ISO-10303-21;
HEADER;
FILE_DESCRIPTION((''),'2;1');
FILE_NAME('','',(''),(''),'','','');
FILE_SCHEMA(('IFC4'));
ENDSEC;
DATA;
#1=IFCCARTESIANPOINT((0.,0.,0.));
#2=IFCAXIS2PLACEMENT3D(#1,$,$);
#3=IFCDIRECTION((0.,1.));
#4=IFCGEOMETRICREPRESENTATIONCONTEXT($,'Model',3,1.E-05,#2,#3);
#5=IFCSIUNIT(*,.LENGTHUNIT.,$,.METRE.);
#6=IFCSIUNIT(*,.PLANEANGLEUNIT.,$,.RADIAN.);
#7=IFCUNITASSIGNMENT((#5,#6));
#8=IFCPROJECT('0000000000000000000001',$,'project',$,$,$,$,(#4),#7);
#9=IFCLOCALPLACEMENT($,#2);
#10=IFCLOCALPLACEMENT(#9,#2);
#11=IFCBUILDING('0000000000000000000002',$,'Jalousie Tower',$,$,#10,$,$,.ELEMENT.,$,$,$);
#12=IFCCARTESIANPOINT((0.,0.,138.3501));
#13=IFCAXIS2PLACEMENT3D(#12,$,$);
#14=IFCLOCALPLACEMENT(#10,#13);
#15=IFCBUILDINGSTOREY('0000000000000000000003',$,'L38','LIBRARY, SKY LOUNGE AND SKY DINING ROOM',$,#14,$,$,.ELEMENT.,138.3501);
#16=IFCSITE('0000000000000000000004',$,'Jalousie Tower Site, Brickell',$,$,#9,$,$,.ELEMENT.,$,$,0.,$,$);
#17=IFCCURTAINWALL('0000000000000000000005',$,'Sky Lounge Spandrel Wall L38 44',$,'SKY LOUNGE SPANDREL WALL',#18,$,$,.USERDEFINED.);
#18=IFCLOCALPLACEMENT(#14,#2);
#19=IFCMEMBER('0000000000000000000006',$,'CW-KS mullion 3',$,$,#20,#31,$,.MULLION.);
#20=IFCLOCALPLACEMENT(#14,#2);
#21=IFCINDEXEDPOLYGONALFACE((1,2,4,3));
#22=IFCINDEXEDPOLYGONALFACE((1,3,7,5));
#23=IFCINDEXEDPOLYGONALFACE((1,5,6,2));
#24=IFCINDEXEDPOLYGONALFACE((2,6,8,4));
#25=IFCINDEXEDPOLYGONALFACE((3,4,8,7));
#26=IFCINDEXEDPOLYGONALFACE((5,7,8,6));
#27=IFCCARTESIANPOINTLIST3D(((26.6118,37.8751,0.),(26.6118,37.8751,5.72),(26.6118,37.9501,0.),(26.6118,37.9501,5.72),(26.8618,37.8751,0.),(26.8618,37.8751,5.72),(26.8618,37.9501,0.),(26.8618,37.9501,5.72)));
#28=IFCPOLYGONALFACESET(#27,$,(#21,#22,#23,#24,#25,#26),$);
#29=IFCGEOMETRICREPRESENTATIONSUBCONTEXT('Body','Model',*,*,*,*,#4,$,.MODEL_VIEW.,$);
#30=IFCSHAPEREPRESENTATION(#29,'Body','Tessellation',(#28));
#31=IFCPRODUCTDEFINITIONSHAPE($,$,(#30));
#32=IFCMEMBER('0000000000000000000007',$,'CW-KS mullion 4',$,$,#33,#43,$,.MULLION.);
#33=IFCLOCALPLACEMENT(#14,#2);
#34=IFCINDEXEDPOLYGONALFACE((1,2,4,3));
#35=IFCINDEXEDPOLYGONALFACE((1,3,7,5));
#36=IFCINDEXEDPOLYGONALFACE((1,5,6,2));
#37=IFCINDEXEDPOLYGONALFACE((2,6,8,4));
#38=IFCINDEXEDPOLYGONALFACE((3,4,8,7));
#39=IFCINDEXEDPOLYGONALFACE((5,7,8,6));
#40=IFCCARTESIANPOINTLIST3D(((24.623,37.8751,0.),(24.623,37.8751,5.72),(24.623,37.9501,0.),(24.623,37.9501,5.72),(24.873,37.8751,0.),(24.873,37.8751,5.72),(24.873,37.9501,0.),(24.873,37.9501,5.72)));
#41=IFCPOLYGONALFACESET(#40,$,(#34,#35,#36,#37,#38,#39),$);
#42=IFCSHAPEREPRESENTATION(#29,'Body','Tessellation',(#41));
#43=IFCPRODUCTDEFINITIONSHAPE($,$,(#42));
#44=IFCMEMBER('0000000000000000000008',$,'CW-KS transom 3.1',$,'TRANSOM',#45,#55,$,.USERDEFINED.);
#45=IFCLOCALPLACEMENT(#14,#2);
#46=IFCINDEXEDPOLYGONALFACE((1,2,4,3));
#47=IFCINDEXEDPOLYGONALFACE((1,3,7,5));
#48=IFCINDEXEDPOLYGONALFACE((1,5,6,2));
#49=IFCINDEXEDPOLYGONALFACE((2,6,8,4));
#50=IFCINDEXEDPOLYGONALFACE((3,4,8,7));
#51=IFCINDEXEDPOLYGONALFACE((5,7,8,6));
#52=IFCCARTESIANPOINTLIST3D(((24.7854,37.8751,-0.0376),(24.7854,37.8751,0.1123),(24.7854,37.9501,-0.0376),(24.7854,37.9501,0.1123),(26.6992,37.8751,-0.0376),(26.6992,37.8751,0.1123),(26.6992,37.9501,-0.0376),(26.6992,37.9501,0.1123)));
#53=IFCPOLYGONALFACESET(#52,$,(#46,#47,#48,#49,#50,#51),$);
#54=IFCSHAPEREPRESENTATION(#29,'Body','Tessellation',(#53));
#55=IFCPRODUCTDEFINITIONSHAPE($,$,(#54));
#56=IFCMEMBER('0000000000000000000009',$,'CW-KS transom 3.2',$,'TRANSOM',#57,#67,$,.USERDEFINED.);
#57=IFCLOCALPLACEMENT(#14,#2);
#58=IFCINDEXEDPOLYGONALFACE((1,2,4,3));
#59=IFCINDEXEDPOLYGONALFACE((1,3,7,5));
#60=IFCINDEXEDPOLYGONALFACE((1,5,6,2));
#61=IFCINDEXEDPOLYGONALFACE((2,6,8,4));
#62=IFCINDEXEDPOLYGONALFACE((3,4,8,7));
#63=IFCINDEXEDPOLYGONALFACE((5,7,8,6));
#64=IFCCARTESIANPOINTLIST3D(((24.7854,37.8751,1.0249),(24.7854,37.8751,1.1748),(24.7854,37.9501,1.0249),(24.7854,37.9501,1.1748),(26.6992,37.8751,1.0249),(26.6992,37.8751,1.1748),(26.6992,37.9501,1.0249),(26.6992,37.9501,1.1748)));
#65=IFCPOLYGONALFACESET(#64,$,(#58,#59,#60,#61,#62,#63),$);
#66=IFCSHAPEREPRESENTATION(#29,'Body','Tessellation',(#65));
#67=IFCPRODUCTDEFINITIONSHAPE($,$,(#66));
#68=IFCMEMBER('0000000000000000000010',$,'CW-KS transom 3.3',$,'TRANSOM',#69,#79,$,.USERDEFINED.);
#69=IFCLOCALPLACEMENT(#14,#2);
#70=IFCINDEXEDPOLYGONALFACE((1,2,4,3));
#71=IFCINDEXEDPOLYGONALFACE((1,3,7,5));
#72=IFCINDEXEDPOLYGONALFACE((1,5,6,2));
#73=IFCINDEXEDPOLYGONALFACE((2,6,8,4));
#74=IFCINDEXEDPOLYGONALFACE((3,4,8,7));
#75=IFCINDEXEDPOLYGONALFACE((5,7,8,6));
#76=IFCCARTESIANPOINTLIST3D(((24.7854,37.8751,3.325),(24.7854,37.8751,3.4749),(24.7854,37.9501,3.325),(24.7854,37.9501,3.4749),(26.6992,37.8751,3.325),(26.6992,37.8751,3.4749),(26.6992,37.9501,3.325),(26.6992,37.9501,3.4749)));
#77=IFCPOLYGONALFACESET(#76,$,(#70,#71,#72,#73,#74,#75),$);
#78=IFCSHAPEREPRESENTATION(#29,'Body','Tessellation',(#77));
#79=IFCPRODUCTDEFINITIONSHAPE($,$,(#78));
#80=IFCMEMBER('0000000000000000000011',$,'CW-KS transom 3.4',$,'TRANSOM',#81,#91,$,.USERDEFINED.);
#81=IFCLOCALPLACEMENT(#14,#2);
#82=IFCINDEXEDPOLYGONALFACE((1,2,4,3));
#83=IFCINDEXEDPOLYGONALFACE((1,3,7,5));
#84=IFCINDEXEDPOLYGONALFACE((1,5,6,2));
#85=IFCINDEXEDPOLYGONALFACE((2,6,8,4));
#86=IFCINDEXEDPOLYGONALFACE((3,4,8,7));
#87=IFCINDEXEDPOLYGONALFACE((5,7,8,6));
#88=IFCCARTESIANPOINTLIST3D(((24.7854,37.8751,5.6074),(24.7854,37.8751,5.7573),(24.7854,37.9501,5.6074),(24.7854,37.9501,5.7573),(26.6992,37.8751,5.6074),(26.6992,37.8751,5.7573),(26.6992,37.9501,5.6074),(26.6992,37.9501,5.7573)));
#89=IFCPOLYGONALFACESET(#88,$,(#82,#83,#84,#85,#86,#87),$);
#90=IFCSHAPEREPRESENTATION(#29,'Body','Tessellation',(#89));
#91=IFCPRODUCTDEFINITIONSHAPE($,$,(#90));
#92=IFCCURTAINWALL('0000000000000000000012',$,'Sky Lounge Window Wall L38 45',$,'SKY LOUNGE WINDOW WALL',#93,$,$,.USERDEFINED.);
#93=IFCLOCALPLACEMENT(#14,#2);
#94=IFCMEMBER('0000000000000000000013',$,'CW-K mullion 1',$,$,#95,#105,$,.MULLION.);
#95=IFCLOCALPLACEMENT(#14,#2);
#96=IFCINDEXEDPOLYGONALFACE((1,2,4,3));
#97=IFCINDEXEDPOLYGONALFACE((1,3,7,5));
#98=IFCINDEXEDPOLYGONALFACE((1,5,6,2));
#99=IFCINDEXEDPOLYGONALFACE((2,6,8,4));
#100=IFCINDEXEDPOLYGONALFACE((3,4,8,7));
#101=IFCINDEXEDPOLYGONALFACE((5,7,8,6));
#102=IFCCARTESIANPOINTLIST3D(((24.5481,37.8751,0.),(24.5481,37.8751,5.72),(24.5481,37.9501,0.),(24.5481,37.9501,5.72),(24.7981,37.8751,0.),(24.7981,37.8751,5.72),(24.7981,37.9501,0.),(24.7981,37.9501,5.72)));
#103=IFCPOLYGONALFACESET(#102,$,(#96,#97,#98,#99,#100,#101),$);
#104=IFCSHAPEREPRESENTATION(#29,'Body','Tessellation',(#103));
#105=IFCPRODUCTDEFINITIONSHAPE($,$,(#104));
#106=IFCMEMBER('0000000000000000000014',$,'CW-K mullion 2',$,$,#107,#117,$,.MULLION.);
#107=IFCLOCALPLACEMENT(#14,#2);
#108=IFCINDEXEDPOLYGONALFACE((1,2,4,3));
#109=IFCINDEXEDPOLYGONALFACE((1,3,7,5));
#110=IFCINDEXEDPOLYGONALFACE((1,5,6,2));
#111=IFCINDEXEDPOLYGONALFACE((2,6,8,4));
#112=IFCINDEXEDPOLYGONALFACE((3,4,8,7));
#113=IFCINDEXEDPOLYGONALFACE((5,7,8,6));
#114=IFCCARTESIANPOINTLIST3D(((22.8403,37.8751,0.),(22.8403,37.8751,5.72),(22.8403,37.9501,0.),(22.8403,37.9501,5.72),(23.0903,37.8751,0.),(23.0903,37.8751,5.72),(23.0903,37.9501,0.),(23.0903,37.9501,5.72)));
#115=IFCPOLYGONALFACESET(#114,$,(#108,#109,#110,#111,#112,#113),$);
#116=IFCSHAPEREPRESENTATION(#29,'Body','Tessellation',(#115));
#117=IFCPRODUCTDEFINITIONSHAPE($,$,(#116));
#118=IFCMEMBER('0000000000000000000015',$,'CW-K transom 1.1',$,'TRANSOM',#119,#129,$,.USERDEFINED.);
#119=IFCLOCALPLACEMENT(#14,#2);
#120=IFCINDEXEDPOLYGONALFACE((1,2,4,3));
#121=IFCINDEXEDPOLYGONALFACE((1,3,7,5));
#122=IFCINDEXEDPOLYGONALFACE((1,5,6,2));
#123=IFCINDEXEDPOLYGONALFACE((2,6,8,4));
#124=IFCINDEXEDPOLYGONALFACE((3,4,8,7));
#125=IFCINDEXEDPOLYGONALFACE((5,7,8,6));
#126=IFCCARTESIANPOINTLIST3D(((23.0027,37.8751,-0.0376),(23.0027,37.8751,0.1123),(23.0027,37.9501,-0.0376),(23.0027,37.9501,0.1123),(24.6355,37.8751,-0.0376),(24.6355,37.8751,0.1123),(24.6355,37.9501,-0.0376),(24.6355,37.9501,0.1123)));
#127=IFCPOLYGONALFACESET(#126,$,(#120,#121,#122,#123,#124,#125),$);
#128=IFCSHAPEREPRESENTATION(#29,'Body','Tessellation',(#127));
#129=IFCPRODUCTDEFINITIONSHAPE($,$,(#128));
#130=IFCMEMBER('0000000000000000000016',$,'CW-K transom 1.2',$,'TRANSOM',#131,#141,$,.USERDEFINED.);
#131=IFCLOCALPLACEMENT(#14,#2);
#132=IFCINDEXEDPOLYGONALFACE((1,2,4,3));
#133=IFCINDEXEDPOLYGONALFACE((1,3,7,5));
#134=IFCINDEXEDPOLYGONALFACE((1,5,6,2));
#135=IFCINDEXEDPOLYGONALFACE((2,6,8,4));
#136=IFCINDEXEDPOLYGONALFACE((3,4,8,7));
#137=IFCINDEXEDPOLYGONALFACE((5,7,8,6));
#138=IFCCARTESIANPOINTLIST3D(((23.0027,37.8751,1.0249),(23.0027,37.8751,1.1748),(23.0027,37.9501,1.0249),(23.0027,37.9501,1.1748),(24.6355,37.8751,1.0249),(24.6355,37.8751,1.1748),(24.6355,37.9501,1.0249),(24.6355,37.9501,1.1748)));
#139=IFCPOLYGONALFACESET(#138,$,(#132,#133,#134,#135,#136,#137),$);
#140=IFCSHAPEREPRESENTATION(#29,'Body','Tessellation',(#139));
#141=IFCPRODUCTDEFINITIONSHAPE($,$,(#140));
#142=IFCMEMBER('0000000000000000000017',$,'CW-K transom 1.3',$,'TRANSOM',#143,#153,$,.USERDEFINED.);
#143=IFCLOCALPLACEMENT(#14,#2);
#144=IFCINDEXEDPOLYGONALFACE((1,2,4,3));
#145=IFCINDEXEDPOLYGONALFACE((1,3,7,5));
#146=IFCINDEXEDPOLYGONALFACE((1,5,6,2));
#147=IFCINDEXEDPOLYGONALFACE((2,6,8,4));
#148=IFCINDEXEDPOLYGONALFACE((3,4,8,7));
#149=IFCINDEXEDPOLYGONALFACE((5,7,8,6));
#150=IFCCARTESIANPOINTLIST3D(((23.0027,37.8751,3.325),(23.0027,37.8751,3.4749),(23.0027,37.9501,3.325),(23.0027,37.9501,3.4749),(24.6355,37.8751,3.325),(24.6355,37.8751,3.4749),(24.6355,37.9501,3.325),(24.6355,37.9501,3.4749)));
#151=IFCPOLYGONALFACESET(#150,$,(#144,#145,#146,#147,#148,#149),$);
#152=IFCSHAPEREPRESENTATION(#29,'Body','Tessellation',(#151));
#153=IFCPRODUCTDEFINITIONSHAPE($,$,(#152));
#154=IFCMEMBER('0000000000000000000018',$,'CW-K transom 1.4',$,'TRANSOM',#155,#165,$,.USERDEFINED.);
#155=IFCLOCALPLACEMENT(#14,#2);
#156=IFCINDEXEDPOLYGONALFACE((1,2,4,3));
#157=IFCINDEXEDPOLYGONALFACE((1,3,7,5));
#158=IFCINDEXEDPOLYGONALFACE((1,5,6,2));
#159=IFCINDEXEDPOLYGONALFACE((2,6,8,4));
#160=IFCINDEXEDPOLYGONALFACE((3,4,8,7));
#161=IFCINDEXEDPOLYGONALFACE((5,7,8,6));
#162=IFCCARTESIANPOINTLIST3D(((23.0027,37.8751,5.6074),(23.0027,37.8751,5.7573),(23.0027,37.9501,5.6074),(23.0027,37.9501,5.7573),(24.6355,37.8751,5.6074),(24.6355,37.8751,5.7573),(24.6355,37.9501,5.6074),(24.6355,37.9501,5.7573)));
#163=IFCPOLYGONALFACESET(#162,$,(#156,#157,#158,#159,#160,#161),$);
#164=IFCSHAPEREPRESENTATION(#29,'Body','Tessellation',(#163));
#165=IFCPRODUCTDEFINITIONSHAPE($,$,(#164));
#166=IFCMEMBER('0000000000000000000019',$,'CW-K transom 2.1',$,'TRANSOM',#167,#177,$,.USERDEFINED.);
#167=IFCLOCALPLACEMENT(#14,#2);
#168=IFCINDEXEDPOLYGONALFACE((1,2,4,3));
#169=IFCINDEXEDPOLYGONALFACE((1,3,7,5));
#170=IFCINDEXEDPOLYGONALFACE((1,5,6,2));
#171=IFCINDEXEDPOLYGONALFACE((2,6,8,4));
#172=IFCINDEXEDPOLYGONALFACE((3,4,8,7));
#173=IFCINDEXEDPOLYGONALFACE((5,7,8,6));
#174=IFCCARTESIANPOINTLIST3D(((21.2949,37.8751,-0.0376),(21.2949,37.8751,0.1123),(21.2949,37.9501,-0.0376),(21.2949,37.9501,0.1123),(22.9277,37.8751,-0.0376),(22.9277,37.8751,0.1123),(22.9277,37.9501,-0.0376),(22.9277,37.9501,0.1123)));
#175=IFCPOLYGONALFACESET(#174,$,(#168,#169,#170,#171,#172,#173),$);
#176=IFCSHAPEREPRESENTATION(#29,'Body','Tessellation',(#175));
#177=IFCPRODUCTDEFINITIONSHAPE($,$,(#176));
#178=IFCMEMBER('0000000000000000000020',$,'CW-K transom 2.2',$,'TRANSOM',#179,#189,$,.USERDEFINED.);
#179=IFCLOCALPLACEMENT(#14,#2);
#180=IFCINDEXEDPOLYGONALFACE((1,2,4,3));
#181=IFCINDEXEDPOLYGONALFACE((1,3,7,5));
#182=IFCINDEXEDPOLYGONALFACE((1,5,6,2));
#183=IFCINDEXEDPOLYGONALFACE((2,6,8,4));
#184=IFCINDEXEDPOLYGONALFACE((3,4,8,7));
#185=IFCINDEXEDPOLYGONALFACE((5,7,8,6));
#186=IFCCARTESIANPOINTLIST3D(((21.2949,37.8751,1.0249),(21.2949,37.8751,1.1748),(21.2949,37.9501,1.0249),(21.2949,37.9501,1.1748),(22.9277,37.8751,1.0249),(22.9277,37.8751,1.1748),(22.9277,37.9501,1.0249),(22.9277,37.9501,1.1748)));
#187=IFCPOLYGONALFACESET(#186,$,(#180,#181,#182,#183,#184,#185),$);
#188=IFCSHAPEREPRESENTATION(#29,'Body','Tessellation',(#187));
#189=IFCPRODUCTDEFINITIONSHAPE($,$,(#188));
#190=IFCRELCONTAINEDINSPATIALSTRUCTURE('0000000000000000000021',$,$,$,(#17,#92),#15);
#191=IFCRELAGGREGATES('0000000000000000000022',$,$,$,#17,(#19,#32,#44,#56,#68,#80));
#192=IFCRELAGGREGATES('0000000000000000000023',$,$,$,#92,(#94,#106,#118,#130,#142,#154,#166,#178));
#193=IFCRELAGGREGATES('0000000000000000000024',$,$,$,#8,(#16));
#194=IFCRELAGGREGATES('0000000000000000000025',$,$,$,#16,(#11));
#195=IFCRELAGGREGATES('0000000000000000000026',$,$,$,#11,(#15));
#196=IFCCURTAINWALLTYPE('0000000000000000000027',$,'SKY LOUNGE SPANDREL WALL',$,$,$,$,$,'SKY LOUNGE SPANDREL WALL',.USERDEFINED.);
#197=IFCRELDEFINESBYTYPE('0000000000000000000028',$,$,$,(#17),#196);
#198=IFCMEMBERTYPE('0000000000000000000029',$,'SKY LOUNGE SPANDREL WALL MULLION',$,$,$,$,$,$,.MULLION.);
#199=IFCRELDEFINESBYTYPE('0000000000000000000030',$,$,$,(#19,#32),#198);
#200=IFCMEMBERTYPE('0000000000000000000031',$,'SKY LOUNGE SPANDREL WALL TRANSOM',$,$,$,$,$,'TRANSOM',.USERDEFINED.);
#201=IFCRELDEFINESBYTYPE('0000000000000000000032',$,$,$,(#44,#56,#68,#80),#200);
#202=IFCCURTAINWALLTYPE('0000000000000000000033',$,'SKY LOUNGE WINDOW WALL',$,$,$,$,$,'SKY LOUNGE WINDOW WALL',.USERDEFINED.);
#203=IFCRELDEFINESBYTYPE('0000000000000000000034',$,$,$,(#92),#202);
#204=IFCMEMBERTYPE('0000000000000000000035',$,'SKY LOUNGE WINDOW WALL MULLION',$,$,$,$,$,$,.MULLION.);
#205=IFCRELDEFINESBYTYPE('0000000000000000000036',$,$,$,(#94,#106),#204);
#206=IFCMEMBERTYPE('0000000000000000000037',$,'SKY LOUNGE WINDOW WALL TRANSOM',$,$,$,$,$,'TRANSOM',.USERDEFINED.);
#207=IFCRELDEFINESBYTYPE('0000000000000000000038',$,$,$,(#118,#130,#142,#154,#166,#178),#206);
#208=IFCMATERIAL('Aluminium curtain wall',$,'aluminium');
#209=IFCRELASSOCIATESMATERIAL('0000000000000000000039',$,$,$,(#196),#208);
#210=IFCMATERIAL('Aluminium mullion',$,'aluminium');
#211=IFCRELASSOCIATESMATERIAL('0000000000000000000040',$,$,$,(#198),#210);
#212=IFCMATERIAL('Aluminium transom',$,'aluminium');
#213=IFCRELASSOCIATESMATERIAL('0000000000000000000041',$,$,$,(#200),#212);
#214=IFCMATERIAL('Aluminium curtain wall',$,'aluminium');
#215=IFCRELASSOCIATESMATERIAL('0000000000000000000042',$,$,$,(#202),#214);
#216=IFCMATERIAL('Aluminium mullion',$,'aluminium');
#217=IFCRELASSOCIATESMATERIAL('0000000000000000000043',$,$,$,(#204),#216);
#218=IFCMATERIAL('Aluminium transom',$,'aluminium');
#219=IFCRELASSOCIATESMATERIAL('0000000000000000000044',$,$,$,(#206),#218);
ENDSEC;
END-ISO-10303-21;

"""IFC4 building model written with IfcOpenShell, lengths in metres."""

from ifc_helpers import new_model, si_unit, direction, frame, origin, origin_2d, place, context, subcontext, project, spatial, rectangle, extrude, material, material_profile, profile_set, type_object, element, aggregate, save


model = new_model("IFC4")

# Units and contexts
model_context = context("Model", 3, precision=1e-05, world=origin(), true_north=direction((0.0, 1.0)))
body_context = subcontext(model_context, "Body", "Model", "MODEL_VIEW")
ifc_project = project(units=[si_unit("LENGTHUNIT", "METRE"), si_unit("PLANEANGLEUNIT", "RADIAN")], contexts=[model_context])

# Site, building, storey
site_placement = place(None, origin())
site = spatial("IfcSite", under=ifc_project, at=site_placement, Name="Jalousie Tower Site, Brickell", CompositionType="ELEMENT", RefElevation=0.0)
building_placement = place(site_placement, origin())
building = spatial("IfcBuilding", under=site, at=building_placement, Name="Jalousie Tower", CompositionType="ELEMENT")
storey_placement = place(building_placement, frame((0.0, 0.0, 138.3501)))
storey = spatial("IfcBuildingStorey", under=building, at=storey_placement, Name="L38", Description="LIBRARY, SKY LOUNGE AND SKY DINING ROOM", CompositionType="ELEMENT", Elevation=138.3501)

# Curtain walls, members
ifc_material_1 = material(Name="Aluminium curtain wall", Category="aluminium")
curtain_wall_type_1 = type_object("IfcCurtainWallType", Name="SKY LOUNGE SPANDREL WALL", ElementType="SKY LOUNGE SPANDREL WALL", PredefinedType="USERDEFINED", material=ifc_material_1)
curtain_wall_1_placement = place(storey_placement, origin())
curtain_wall_1 = element("IfcCurtainWall", 1, at=curtain_wall_1_placement, inside=storey, type_object=curtain_wall_type_1, Name="Sky Lounge Spandrel Wall L38 44", ObjectType="SKY LOUNGE SPANDREL WALL", PredefinedType="USERDEFINED")
ifc_material_2 = material(Name="Aluminium mullion", Category="aluminium")
ifc_material_profile_1 = material_profile(ifc_material_2, rectangle(XDim=0.075, YDim=0.25, at=origin_2d()), Name="MULLION 75x250")
ifc_profile_set_1 = profile_set([ifc_material_profile_1], Name="Aluminium mullion")
member_type_1 = type_object("IfcMemberType", Name="SKY LOUNGE SPANDREL WALL MULLION", PredefinedType="MULLION", material=ifc_profile_set_1)
member_1_placement = place(storey_placement, frame((26.7368, 37.9126, 0.0), z_axis=(0.0, 0.0, 1.0), x_axis=(0.0, -1.0, 0.0)))
member_1 = element("IfcMember", 2, at=member_1_placement, type_object=member_type_1, Name="CW-KS mullion 3", PredefinedType="MULLION", context=body_context, shape_type="SweptSolid", body=[
    extrude(rectangle(XDim=0.075, YDim=0.25, at=origin_2d()), origin(), (0.0, 0.0, 1.0), 5.72),
])
member_2_placement = place(storey_placement, frame((24.748, 37.9126, 0.0), z_axis=(0.0, 0.0, 1.0), x_axis=(0.0, -1.0, 0.0)))
member_2 = element("IfcMember", 3, at=member_2_placement, type_object=member_type_1, Name="CW-KS mullion 4", PredefinedType="MULLION", context=body_context, shape_type="SweptSolid", body=[
    extrude(rectangle(XDim=0.075, YDim=0.25, at=origin_2d()), origin(), (0.0, 0.0, 1.0), 5.72),
])
ifc_material_3 = material(Name="Aluminium transom", Category="aluminium")
ifc_material_profile_2 = material_profile(ifc_material_3, rectangle(XDim=0.075, YDim=0.1499, at=origin_2d()), Name="TRANSOM 75x150")
ifc_profile_set_2 = profile_set([ifc_material_profile_2], Name="Aluminium transom")
member_type_2 = type_object("IfcMemberType", Name="SKY LOUNGE SPANDREL WALL TRANSOM", ElementType="TRANSOM", PredefinedType="USERDEFINED", material=ifc_profile_set_2)
member_3_placement = place(storey_placement, frame((26.6992, 37.9126, 0.0374), z_axis=(-1.0, 0.0, 0.0), x_axis=(0.0, -1.0, 0.0)))
member_3 = element("IfcMember", 4, at=member_3_placement, type_object=member_type_2, Name="CW-KS transom 3.1", ObjectType="TRANSOM", PredefinedType="USERDEFINED", context=body_context, shape_type="SweptSolid", body=[
    extrude(rectangle(XDim=0.075, YDim=0.1499, at=origin_2d()), origin(), (0.0, 0.0, 1.0), 1.9138),
])
member_4_placement = place(storey_placement, frame((26.6992, 37.9126, 1.0999), z_axis=(-1.0, 0.0, 0.0), x_axis=(0.0, -1.0, 0.0)))
member_4 = element("IfcMember", 5, at=member_4_placement, type_object=member_type_2, Name="CW-KS transom 3.2", ObjectType="TRANSOM", PredefinedType="USERDEFINED", context=body_context, shape_type="SweptSolid", body=[
    extrude(rectangle(XDim=0.075, YDim=0.1499, at=origin_2d()), origin(), (0.0, 0.0, 1.0), 1.9138),
])
member_5_placement = place(storey_placement, frame((26.6992, 37.9126, 3.3999), z_axis=(-1.0, 0.0, 0.0), x_axis=(0.0, -1.0, 0.0)))
member_5 = element("IfcMember", 6, at=member_5_placement, type_object=member_type_2, Name="CW-KS transom 3.3", ObjectType="TRANSOM", PredefinedType="USERDEFINED", context=body_context, shape_type="SweptSolid", body=[
    extrude(rectangle(XDim=0.075, YDim=0.1499, at=origin_2d()), origin(), (0.0, 0.0, 1.0), 1.9138),
])
member_6_placement = place(storey_placement, frame((26.6992, 37.9126, 5.6824), z_axis=(-1.0, 0.0, 0.0), x_axis=(0.0, -1.0, 0.0)))
member_6 = element("IfcMember", 7, at=member_6_placement, type_object=member_type_2, Name="CW-KS transom 3.4", ObjectType="TRANSOM", PredefinedType="USERDEFINED", context=body_context, shape_type="SweptSolid", body=[
    extrude(rectangle(XDim=0.075, YDim=0.1499, at=origin_2d()), origin(), (0.0, 0.0, 1.0), 1.9138),
])
ifc_material_4 = material(Name="Aluminium curtain wall", Category="aluminium")
curtain_wall_type_2 = type_object("IfcCurtainWallType", Name="SKY LOUNGE WINDOW WALL", ElementType="SKY LOUNGE WINDOW WALL", PredefinedType="USERDEFINED", material=ifc_material_4)
curtain_wall_2_placement = place(storey_placement, origin())
curtain_wall_2 = element("IfcCurtainWall", 8, at=curtain_wall_2_placement, inside=storey, type_object=curtain_wall_type_2, Name="Sky Lounge Window Wall L38 45", ObjectType="SKY LOUNGE WINDOW WALL", PredefinedType="USERDEFINED")
ifc_material_5 = material(Name="Aluminium mullion", Category="aluminium")
ifc_material_profile_3 = material_profile(ifc_material_5, rectangle(XDim=0.075, YDim=0.25, at=origin_2d()), Name="MULLION 75x250")
ifc_profile_set_3 = profile_set([ifc_material_profile_3], Name="Aluminium mullion")
member_type_3 = type_object("IfcMemberType", Name="SKY LOUNGE WINDOW WALL MULLION", PredefinedType="MULLION", material=ifc_profile_set_3)
member_7_placement = place(storey_placement, frame((24.6731, 37.9126, 0.0), z_axis=(0.0, 0.0, 1.0), x_axis=(0.0, -1.0, 0.0)))
member_7 = element("IfcMember", 9, at=member_7_placement, type_object=member_type_3, Name="CW-K mullion 1", PredefinedType="MULLION", context=body_context, shape_type="SweptSolid", body=[
    extrude(rectangle(XDim=0.075, YDim=0.25, at=origin_2d()), origin(), (0.0, 0.0, 1.0), 5.72),
])
member_8_placement = place(storey_placement, frame((22.9653, 37.9126, 0.0), z_axis=(0.0, 0.0, 1.0), x_axis=(0.0, -1.0, 0.0)))
member_8 = element("IfcMember", 10, at=member_8_placement, type_object=member_type_3, Name="CW-K mullion 2", PredefinedType="MULLION", context=body_context, shape_type="SweptSolid", body=[
    extrude(rectangle(XDim=0.075, YDim=0.25, at=origin_2d()), origin(), (0.0, 0.0, 1.0), 5.72),
])
ifc_material_6 = material(Name="Aluminium transom", Category="aluminium")
ifc_material_profile_4 = material_profile(ifc_material_6, rectangle(XDim=0.075, YDim=0.1499, at=origin_2d()), Name="TRANSOM 75x150")
ifc_profile_set_4 = profile_set([ifc_material_profile_4], Name="Aluminium transom")
member_type_4 = type_object("IfcMemberType", Name="SKY LOUNGE WINDOW WALL TRANSOM", ElementType="TRANSOM", PredefinedType="USERDEFINED", material=ifc_profile_set_4)
member_9_placement = place(storey_placement, frame((24.6355, 37.9126, 0.0374), z_axis=(-1.0, 0.0, 0.0), x_axis=(0.0, -1.0, 0.0)))
member_9 = element("IfcMember", 11, at=member_9_placement, type_object=member_type_4, Name="CW-K transom 1.1", ObjectType="TRANSOM", PredefinedType="USERDEFINED", context=body_context, shape_type="SweptSolid", body=[
    extrude(rectangle(XDim=0.075, YDim=0.1499, at=origin_2d()), origin(), (0.0, 0.0, 1.0), 1.6328),
])
member_10_placement = place(storey_placement, frame((24.6355, 37.9126, 1.0999), z_axis=(-1.0, 0.0, 0.0), x_axis=(0.0, -1.0, 0.0)))
member_10 = element("IfcMember", 12, at=member_10_placement, type_object=member_type_4, Name="CW-K transom 1.2", ObjectType="TRANSOM", PredefinedType="USERDEFINED", context=body_context, shape_type="SweptSolid", body=[
    extrude(rectangle(XDim=0.075, YDim=0.1499, at=origin_2d()), origin(), (0.0, 0.0, 1.0), 1.6328),
])
member_11_placement = place(storey_placement, frame((24.6355, 37.9126, 3.3999), z_axis=(-1.0, 0.0, 0.0), x_axis=(0.0, -1.0, 0.0)))
member_11 = element("IfcMember", 13, at=member_11_placement, type_object=member_type_4, Name="CW-K transom 1.3", ObjectType="TRANSOM", PredefinedType="USERDEFINED", context=body_context, shape_type="SweptSolid", body=[
    extrude(rectangle(XDim=0.075, YDim=0.1499, at=origin_2d()), origin(), (0.0, 0.0, 1.0), 1.6328),
])
member_12_placement = place(storey_placement, frame((24.6355, 37.9126, 5.6824), z_axis=(-1.0, 0.0, 0.0), x_axis=(0.0, -1.0, 0.0)))
member_12 = element("IfcMember", 14, at=member_12_placement, type_object=member_type_4, Name="CW-K transom 1.4", ObjectType="TRANSOM", PredefinedType="USERDEFINED", context=body_context, shape_type="SweptSolid", body=[
    extrude(rectangle(XDim=0.075, YDim=0.1499, at=origin_2d()), origin(), (0.0, 0.0, 1.0), 1.6328),
])
member_13_placement = place(storey_placement, frame((22.9277, 37.9126, 0.0374), z_axis=(-1.0, 0.0, 0.0), x_axis=(0.0, -1.0, 0.0)))
member_13 = element("IfcMember", 15, at=member_13_placement, type_object=member_type_4, Name="CW-K transom 2.1", ObjectType="TRANSOM", PredefinedType="USERDEFINED", context=body_context, shape_type="SweptSolid", body=[
    extrude(rectangle(XDim=0.075, YDim=0.1499, at=origin_2d()), origin(), (0.0, 0.0, 1.0), 1.6328),
])
member_14_placement = place(storey_placement, frame((22.9277, 37.9126, 1.0999), z_axis=(-1.0, 0.0, 0.0), x_axis=(0.0, -1.0, 0.0)))
member_14 = element("IfcMember", 16, at=member_14_placement, type_object=member_type_4, Name="CW-K transom 2.2", ObjectType="TRANSOM", PredefinedType="USERDEFINED", context=body_context, shape_type="SweptSolid", body=[
    extrude(rectangle(XDim=0.075, YDim=0.1499, at=origin_2d()), origin(), (0.0, 0.0, 1.0), 1.6328),
])

aggregate(curtain_wall_1, [member_1, member_2, member_3, member_4, member_5, member_6])
aggregate(curtain_wall_2, [member_7, member_8, member_9, member_10, member_11, member_12, member_13, member_14])

save(model, "model.ifc")
